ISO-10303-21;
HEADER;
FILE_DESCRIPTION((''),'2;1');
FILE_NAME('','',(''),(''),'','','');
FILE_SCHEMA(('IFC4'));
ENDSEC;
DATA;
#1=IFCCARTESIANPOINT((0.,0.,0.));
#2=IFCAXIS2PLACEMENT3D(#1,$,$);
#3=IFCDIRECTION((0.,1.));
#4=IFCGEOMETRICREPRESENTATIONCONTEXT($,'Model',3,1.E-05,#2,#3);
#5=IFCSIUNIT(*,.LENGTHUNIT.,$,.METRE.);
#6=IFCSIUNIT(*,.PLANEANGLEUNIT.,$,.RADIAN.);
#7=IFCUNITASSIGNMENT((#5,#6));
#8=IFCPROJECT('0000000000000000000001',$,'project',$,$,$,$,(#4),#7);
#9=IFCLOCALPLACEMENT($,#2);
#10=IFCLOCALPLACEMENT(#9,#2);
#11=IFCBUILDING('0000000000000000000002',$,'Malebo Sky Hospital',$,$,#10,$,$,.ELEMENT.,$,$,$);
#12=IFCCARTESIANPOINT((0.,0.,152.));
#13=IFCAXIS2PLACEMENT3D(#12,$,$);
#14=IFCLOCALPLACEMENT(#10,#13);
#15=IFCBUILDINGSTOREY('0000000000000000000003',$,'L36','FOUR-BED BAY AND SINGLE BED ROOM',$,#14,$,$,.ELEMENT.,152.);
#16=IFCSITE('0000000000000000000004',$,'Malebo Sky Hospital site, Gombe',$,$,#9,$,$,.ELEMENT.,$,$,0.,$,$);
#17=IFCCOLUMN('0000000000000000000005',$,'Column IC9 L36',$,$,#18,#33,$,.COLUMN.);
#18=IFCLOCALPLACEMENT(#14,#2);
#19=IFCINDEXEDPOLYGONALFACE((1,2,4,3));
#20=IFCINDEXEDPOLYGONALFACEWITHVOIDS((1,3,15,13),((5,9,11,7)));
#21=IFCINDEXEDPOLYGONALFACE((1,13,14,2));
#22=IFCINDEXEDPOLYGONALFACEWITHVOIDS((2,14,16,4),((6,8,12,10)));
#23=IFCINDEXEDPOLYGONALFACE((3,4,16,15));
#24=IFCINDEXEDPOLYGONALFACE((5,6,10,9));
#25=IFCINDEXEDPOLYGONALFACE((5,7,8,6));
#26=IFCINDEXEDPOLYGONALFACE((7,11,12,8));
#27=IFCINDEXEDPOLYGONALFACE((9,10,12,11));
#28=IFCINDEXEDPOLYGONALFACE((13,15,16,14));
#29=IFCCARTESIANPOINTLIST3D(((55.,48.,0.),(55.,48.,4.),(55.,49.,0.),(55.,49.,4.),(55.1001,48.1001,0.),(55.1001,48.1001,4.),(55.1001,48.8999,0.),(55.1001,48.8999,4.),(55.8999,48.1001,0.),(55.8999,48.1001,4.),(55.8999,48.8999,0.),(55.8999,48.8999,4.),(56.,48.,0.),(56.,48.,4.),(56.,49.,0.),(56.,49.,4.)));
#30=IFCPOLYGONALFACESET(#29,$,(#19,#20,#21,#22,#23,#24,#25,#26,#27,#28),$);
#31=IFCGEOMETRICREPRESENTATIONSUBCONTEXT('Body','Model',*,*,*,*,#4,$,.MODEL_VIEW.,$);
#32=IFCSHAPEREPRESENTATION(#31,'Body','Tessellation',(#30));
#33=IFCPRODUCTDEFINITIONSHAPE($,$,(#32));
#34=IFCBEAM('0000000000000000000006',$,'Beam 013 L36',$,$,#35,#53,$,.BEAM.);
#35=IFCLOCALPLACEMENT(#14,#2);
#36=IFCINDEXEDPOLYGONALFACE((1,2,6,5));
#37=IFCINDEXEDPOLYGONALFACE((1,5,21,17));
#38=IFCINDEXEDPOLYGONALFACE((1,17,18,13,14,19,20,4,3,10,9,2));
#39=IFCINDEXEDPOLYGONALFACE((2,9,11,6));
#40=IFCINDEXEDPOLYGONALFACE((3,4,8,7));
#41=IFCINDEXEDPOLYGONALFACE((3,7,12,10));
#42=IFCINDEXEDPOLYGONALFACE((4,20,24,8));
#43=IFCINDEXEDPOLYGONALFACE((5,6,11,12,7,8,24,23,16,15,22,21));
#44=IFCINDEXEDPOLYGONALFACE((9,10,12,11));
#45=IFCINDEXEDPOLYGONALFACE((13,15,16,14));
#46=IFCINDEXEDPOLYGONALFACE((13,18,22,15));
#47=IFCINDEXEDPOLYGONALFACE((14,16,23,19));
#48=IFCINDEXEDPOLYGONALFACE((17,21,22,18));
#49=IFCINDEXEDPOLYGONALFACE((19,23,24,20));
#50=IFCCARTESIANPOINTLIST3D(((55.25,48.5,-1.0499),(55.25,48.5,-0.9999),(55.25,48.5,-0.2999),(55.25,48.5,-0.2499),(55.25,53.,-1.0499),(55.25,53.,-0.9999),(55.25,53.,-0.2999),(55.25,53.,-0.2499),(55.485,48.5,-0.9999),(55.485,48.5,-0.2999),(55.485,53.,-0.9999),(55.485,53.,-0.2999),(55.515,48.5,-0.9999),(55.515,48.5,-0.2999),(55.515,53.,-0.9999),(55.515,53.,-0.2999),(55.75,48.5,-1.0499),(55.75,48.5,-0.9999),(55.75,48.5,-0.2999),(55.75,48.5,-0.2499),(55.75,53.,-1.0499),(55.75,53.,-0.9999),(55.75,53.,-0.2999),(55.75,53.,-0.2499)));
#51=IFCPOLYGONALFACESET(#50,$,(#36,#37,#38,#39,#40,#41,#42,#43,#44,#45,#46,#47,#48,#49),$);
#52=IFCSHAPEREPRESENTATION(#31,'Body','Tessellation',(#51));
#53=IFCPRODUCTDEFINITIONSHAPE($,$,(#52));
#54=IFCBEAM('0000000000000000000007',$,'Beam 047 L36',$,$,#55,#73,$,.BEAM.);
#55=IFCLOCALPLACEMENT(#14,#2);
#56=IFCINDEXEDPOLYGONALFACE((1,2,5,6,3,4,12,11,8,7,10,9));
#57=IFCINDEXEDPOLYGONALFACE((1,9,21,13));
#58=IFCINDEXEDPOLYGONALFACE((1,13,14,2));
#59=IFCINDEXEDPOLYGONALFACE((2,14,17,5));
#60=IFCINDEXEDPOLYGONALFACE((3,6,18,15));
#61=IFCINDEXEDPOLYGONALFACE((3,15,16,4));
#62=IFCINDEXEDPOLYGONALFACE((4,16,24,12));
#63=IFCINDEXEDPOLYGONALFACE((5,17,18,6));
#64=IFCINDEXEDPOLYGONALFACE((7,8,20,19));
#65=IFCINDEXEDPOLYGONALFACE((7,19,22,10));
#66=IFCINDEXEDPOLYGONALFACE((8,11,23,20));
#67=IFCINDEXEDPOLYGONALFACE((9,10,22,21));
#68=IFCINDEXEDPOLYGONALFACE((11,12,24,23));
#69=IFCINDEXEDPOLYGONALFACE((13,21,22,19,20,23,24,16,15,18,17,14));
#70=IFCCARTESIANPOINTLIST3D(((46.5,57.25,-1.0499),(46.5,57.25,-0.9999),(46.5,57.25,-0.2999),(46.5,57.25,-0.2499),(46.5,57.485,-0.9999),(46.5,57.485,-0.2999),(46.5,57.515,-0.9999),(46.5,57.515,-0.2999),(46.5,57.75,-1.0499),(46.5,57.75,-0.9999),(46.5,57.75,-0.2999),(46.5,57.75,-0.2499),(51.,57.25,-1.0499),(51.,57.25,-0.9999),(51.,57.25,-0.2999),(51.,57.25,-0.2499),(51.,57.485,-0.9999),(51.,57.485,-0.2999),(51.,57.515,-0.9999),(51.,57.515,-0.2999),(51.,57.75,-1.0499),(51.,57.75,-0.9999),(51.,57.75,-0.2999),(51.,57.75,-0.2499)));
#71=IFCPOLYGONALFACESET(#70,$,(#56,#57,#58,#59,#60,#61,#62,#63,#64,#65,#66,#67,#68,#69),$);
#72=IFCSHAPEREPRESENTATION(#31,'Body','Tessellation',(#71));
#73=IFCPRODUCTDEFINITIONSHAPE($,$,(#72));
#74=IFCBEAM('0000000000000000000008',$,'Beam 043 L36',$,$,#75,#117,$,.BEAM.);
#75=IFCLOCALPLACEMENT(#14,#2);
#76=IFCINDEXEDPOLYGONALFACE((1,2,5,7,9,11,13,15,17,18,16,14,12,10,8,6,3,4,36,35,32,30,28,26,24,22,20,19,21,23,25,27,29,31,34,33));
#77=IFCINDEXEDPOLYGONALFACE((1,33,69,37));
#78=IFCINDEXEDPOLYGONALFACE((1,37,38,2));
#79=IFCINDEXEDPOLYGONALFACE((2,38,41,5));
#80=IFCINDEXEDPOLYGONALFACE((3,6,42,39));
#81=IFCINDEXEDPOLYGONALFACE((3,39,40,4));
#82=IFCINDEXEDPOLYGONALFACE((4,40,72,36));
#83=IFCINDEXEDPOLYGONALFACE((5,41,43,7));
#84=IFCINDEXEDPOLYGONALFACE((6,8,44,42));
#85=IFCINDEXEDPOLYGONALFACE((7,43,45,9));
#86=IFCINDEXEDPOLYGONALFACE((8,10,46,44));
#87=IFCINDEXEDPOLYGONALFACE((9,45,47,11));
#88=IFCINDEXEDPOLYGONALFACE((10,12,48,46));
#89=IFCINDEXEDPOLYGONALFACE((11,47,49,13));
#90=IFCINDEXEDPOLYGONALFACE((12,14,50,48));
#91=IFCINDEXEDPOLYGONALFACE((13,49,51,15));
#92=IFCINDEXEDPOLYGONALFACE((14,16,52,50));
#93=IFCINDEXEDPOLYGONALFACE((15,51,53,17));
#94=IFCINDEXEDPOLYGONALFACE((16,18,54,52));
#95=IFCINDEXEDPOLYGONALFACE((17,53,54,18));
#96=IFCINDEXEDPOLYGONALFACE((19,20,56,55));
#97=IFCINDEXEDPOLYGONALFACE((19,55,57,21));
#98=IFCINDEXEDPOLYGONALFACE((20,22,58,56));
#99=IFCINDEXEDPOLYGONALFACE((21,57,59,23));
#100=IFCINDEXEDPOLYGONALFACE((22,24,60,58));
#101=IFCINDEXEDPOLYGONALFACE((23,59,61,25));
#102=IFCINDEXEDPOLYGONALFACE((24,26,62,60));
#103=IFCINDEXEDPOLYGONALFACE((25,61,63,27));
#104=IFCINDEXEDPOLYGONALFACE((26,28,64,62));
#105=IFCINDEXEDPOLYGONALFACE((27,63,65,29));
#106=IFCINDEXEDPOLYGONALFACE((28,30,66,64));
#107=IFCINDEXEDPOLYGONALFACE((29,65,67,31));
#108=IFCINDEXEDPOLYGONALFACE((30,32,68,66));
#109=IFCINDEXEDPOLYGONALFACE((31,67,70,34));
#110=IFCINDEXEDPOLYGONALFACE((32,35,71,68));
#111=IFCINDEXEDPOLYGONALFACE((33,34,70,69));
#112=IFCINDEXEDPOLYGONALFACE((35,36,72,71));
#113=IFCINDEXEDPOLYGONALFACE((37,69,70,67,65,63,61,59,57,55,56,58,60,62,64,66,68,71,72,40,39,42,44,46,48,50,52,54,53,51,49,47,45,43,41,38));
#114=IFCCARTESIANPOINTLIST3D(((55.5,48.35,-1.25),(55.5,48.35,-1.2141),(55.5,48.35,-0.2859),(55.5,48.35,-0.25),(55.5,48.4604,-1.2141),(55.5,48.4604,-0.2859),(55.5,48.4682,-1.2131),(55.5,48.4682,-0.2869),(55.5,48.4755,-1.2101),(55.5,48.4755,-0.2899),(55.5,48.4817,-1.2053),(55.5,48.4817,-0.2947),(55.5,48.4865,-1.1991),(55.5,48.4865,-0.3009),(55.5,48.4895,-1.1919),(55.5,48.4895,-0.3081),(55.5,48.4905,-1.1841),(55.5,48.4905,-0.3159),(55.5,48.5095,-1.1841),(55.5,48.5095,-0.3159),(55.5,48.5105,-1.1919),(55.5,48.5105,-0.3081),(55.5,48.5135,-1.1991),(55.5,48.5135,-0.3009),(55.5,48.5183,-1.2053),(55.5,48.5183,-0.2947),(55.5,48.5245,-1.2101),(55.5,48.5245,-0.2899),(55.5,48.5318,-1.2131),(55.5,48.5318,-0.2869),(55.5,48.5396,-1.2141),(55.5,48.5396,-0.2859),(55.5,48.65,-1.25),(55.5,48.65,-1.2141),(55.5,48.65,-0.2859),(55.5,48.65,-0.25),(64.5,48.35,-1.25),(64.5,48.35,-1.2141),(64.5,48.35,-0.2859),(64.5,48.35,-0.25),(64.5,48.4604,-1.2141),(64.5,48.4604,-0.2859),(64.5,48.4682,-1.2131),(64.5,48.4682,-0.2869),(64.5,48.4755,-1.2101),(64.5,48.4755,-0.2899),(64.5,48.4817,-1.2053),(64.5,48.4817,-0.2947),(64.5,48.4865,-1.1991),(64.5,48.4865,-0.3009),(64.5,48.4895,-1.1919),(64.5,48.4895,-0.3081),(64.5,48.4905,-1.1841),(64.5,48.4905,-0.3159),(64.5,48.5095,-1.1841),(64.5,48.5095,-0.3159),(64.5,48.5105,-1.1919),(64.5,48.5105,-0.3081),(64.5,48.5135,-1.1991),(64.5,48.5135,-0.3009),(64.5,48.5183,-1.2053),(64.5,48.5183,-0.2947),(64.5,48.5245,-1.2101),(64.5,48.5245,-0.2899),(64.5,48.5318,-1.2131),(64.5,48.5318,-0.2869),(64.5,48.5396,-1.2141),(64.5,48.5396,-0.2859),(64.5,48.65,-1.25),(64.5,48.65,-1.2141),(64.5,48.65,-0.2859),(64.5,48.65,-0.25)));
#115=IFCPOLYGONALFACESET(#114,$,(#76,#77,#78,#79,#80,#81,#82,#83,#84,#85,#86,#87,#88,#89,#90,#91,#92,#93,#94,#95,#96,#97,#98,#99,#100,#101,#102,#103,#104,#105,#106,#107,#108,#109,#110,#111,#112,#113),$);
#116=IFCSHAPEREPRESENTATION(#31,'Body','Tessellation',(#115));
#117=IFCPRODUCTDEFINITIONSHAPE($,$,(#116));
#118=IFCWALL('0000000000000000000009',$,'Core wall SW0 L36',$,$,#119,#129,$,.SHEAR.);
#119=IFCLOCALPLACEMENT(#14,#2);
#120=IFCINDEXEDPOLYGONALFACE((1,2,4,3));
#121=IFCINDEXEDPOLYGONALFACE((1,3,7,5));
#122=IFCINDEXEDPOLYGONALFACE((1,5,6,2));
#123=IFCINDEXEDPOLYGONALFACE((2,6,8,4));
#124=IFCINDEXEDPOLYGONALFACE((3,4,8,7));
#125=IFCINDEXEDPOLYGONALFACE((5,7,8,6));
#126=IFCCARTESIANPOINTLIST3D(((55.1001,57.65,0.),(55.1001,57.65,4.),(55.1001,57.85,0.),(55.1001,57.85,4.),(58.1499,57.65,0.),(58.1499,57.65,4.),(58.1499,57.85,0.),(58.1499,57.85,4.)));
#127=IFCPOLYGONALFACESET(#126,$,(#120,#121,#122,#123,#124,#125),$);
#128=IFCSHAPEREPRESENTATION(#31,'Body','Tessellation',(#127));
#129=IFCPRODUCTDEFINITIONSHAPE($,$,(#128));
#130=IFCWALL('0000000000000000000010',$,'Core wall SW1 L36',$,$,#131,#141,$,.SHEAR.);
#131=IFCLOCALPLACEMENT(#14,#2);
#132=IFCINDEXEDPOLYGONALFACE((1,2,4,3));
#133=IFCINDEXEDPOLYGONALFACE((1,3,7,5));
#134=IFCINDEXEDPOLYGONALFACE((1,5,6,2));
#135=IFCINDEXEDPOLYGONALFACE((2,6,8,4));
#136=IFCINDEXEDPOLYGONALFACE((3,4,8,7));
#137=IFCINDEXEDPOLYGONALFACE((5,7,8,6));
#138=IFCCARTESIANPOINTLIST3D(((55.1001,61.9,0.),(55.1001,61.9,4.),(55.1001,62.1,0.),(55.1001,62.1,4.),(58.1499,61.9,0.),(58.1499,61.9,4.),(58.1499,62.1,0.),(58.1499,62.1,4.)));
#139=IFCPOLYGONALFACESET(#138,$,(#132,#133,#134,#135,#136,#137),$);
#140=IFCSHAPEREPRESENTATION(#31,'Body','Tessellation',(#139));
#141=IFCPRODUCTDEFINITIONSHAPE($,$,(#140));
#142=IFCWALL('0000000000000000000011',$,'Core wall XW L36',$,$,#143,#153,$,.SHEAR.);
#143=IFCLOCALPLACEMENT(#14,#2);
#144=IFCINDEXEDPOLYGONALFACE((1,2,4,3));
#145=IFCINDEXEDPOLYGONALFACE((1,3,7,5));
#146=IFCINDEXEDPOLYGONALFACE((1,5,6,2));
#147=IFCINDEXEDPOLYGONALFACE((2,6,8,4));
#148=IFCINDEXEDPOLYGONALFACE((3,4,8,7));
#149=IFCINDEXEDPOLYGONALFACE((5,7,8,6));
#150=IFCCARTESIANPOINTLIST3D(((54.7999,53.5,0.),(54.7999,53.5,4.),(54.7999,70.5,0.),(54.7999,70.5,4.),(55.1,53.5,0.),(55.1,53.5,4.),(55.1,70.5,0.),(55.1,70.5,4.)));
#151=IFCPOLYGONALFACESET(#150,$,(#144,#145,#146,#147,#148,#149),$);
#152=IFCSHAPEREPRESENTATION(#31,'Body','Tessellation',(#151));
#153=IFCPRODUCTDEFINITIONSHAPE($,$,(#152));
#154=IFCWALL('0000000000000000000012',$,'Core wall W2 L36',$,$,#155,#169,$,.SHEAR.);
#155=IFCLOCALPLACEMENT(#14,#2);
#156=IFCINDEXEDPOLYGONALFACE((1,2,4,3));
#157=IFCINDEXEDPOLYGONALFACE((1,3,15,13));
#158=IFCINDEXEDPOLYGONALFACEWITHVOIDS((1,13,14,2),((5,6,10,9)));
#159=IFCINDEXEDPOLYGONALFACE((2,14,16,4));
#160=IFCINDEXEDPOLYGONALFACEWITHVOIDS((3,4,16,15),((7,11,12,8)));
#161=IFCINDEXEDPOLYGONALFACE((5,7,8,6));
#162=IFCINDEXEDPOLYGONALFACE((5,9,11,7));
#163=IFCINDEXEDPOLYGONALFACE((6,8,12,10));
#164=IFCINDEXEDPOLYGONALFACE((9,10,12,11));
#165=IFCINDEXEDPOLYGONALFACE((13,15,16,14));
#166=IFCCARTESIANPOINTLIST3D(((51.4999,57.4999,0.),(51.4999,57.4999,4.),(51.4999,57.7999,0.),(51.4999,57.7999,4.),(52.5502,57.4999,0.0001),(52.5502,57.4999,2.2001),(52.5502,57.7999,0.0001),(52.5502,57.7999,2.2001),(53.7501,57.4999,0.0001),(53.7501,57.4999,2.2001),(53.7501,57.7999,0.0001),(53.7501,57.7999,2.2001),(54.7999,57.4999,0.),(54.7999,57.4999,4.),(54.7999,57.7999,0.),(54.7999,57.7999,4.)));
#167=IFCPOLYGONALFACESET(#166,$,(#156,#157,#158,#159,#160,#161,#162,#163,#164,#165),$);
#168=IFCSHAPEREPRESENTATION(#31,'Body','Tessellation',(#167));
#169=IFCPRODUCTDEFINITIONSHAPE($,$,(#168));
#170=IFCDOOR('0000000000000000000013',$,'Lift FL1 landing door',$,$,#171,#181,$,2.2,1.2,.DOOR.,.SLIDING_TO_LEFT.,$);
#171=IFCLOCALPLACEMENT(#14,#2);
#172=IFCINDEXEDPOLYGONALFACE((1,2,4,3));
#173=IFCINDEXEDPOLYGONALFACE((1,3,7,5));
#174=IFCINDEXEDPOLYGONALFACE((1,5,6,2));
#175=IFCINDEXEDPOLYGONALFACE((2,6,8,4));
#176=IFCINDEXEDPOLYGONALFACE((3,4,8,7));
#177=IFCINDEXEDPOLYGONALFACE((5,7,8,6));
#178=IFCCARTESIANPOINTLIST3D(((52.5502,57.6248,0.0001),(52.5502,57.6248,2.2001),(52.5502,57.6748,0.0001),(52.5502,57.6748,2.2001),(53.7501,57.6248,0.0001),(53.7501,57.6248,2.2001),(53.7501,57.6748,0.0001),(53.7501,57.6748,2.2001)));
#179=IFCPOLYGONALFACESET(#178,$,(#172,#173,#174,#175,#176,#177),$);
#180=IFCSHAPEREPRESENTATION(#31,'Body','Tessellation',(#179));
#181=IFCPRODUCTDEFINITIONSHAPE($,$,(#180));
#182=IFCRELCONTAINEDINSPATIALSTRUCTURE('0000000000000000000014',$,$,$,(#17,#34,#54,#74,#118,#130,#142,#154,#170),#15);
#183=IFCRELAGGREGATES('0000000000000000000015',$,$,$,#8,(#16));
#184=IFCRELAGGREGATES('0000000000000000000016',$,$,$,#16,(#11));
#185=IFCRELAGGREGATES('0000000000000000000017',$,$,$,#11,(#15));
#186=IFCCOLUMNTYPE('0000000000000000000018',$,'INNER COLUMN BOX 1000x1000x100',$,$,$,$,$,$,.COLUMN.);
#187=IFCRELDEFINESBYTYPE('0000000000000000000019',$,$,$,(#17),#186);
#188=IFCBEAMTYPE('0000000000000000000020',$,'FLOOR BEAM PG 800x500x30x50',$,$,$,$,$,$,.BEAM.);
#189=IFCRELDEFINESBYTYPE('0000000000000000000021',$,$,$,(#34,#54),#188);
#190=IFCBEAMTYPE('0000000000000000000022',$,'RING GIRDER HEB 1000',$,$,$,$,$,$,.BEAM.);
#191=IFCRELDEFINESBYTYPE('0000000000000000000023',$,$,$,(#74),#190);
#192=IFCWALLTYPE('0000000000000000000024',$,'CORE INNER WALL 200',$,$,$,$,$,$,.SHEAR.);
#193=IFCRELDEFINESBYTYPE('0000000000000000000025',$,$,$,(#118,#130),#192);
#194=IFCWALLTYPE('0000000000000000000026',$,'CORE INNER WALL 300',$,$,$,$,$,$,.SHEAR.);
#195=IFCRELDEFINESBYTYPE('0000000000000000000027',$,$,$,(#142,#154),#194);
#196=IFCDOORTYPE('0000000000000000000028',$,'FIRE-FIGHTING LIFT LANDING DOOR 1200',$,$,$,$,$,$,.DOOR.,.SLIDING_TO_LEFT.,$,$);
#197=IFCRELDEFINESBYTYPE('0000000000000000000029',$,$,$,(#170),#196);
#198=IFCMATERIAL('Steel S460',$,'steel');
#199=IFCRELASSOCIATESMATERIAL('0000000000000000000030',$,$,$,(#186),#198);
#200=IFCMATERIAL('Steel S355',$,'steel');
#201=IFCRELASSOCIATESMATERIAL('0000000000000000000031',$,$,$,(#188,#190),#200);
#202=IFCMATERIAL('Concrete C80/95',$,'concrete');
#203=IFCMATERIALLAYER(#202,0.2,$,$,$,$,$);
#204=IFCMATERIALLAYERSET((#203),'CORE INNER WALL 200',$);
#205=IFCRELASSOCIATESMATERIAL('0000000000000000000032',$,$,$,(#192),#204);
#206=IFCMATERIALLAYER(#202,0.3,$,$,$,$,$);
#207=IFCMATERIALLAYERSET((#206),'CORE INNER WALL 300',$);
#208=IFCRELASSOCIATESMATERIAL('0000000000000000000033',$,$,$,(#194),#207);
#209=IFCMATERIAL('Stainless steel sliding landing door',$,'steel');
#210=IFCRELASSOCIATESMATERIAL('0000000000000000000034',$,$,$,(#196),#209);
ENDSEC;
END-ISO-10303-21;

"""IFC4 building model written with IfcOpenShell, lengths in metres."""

from ifc_helpers import new_model, si_unit, direction, frame, frame_2d, origin, origin_2d, place, context, subcontext, project, spatial, rectangle, hollow_rectangle, i_section, extrude, material, layer, layer_set, material_profile, profile_set, type_object, element, fill, save


model = new_model("IFC4")

# Units and contexts
model_context = context("Model", 3, precision=1e-05, world=origin(), true_north=direction((0.0, 1.0)))
body_context = subcontext(model_context, "Body", "Model", "MODEL_VIEW")
ifc_project = project(units=[si_unit("LENGTHUNIT", "METRE"), si_unit("PLANEANGLEUNIT", "RADIAN")], contexts=[model_context])

# Site, building, storey
site_placement = place(None, origin())
site = spatial("IfcSite", under=ifc_project, at=site_placement, Name="Malebo Sky Hospital site, Gombe", CompositionType="ELEMENT", RefElevation=0.0)
building_placement = place(site_placement, origin())
building = spatial("IfcBuilding", under=site, at=building_placement, Name="Malebo Sky Hospital", CompositionType="ELEMENT")
storey_placement = place(building_placement, frame((0.0, 0.0, 152.0)))
storey = spatial("IfcBuildingStorey", under=building, at=storey_placement, Name="L36", Description="FOUR-BED BAY AND SINGLE BED ROOM", CompositionType="ELEMENT", Elevation=152.0)

# Column
ifc_material_1 = material(Name="Steel S460", Category="steel")
ifc_material_profile_1 = material_profile(ifc_material_1, hollow_rectangle(XDim=1.0, YDim=1.0, WallThickness=0.1001, at=origin_2d()), Name="BOX 1000x1000x100")
ifc_profile_set_1 = profile_set([ifc_material_profile_1], Name="Steel S460")
column_type = type_object("IfcColumnType", Name="INNER COLUMN BOX 1000x1000x100", PredefinedType="COLUMN", material=ifc_profile_set_1)
column_placement = place(storey_placement, frame((55.5, 48.5, 0.0), z_axis=(0.0, 0.0, 1.0), x_axis=(1.0, 0.0, 0.0)))
element("IfcColumn", 1, at=column_placement, inside=storey, type_object=column_type, Name="Column IC9 L36", PredefinedType="COLUMN", context=body_context, shape_type="SweptSolid", body=[
    extrude(hollow_rectangle(XDim=1.0, YDim=1.0, WallThickness=0.1001, at=origin_2d()), origin(), (0.0, 0.0, 1.0), 4.0),
])

# Beams
ifc_material_2 = material(Name="Steel S355", Category="steel")
ifc_material_profile_2 = material_profile(ifc_material_2, i_section(OverallWidth=0.5, OverallDepth=0.8, WebThickness=0.03, FlangeThickness=0.05, at=origin_2d()), Name="PG 800x500x30x50")
ifc_profile_set_2 = profile_set([ifc_material_profile_2], Name="Steel S355")
beam_type_1 = type_object("IfcBeamType", Name="FLOOR BEAM PG 800x500x30x50", PredefinedType="BEAM", material=ifc_profile_set_2)
for number, where, z_axis, x_axis, name in (
    (2, (55.5, 48.5, -0.6499), (0.0, 1.0, 0.0), (-1.0, 0.0, 0.0), "Beam 013 L36"),
    (3, (46.5, 57.5, -0.6499), (1.0, 0.0, 0.0), (0.0, 1.0, 0.0), "Beam 047 L36"),
):
    element("IfcBeam", number, at=place(storey_placement, frame(where, z_axis=z_axis, x_axis=x_axis)), inside=storey, type_object=beam_type_1, Name=name, PredefinedType="BEAM", context=body_context, shape_type="SweptSolid", body=[
        extrude(i_section(OverallWidth=0.5, OverallDepth=0.8, WebThickness=0.03, FlangeThickness=0.05, at=origin_2d()), origin(), (0.0, 0.0, 1.0), 4.5),
    ])
ifc_material_profile_3 = material_profile(ifc_material_2, i_section(OverallWidth=0.3, OverallDepth=1.0, WebThickness=0.019, FlangeThickness=0.0359, FilletRadius=0.03, at=origin_2d()), Name="HEB 1000")
ifc_profile_set_3 = profile_set([ifc_material_profile_3], Name="Steel S355")
beam_type_2 = type_object("IfcBeamType", Name="RING GIRDER HEB 1000", PredefinedType="BEAM", material=ifc_profile_set_3)
beam_placement = place(storey_placement, frame((55.5, 48.5, -0.75), z_axis=(1.0, 0.0, 0.0), x_axis=(0.0, 1.0, 0.0)))
element("IfcBeam", 4, at=beam_placement, inside=storey, type_object=beam_type_2, Name="Beam 043 L36", PredefinedType="BEAM", context=body_context, shape_type="SweptSolid", body=[
    extrude(i_section(OverallWidth=0.3, OverallDepth=1.0, WebThickness=0.019, FlangeThickness=0.0359, FilletRadius=0.03, at=origin_2d()), origin(), (0.0, 0.0, 1.0), 9.0),
])

# Walls
ifc_material_3 = material(Name="Concrete C80/95", Category="concrete")
ifc_layer_1 = layer(ifc_material_3, 0.2)
ifc_layer_set_1 = layer_set([ifc_layer_1], Name="CORE INNER WALL 200")
wall_type_1 = type_object("IfcWallType", Name="CORE INNER WALL 200", PredefinedType="SHEAR", material=ifc_layer_set_1)
for number, where, z_axis, x_axis, name in (
    (5, (55.1001, 57.75, 0.0), (0.0, 0.0, 1.0), (1.0, 0.0, 0.0), "Core wall SW0 L36"),
    (6, (55.1001, 62.0, 0.0), (0.0, 0.0, 1.0), (1.0, 0.0, 0.0), "Core wall SW1 L36"),
):
    element("IfcWall", number, at=place(storey_placement, frame(where, z_axis=z_axis, x_axis=x_axis)), inside=storey, type_object=wall_type_1, Name=name, PredefinedType="SHEAR", context=body_context, shape_type="SweptSolid", body=[
        extrude(rectangle(XDim=3.0498, YDim=0.2, at=frame_2d((1.5249, 0.0))), origin(), (0.0, 0.0, 1.0), 4.0),
    ])
ifc_layer_2 = layer(ifc_material_3, 0.3)
ifc_layer_set_2 = layer_set([ifc_layer_2], Name="CORE INNER WALL 300")
wall_type_2 = type_object("IfcWallType", Name="CORE INNER WALL 300", PredefinedType="SHEAR", material=ifc_layer_set_2)
wall_1_placement = place(storey_placement, frame((54.95, 53.5, 0.0), z_axis=(0.0, 0.0, 1.0), x_axis=(0.0, 1.0, 0.0)))
element("IfcWall", 7, at=wall_1_placement, inside=storey, type_object=wall_type_2, Name="Core wall XW L36", PredefinedType="SHEAR", context=body_context, shape_type="SweptSolid", body=[
    extrude(rectangle(XDim=17.0, YDim=0.3, at=frame_2d((8.5, 0.0))), origin(), (0.0, 0.0, 1.0), 4.0),
])

# Wall, opening, door
wall_2_placement = place(storey_placement, frame((51.5, 57.6499, 0.0), z_axis=(0.0, 0.0, 1.0), x_axis=(1.0, 0.0, 0.0)))
wall_2 = element("IfcWall", 8, at=wall_2_placement, inside=storey, type_object=wall_type_2, Name="Core wall W2 L36", PredefinedType="SHEAR", context=body_context, shape_type="SweptSolid", body=[
    extrude(rectangle(XDim=3.3, YDim=0.3, at=frame_2d((1.6499, 0.0))), origin(), (0.0, 0.0, 1.0), 4.0),
])
opening_1_placement = place(wall_2_placement, frame((1.05, 0.0, 0.0)))
opening_1 = element("IfcOpeningElement", 9, at=opening_1_placement, cuts=wall_2, PredefinedType="OPENING", context=body_context, shape_type="SweptSolid", body=[
    extrude(rectangle(XDim=1.2, YDim=2.2, at=frame_2d((0.6001, 1.1001))), frame((0.0, 0.1599, 0.0), z_axis=(0.0, -1.0, 0.0), x_axis=(1.0, 0.0, 0.0)), (0.0, 0.0, 1.0), 0.3201),
])
ifc_material_4 = material(Name="Stainless steel sliding landing door", Category="steel")
door_type_1 = type_object("IfcDoorType", Name="FIRE-FIGHTING LIFT LANDING DOOR 1200", OperationType="SLIDING_TO_LEFT", PredefinedType="DOOR", material=ifc_material_4)
door_1_placement = place(opening_1_placement, origin())
door_1 = element("IfcDoor", 10, at=door_1_placement, inside=storey, type_object=door_type_1, Name="Lift FL1 landing door", OperationType="SLIDING_TO_LEFT", OverallHeight=2.2, OverallWidth=1.2, PredefinedType="DOOR", context=body_context, shape_type="SweptSolid", body=[
    extrude(rectangle(XDim=1.2, YDim=2.2, at=frame_2d((0.6001, 1.1001))), frame((0.0, 0.0249, 0.0), z_axis=(0.0, -1.0, 0.0), x_axis=(1.0, 0.0, 0.0)), (0.0, 0.0, 1.0), 0.05),
])
fill(opening_1, door_1)

save(model, "model.ifc")
